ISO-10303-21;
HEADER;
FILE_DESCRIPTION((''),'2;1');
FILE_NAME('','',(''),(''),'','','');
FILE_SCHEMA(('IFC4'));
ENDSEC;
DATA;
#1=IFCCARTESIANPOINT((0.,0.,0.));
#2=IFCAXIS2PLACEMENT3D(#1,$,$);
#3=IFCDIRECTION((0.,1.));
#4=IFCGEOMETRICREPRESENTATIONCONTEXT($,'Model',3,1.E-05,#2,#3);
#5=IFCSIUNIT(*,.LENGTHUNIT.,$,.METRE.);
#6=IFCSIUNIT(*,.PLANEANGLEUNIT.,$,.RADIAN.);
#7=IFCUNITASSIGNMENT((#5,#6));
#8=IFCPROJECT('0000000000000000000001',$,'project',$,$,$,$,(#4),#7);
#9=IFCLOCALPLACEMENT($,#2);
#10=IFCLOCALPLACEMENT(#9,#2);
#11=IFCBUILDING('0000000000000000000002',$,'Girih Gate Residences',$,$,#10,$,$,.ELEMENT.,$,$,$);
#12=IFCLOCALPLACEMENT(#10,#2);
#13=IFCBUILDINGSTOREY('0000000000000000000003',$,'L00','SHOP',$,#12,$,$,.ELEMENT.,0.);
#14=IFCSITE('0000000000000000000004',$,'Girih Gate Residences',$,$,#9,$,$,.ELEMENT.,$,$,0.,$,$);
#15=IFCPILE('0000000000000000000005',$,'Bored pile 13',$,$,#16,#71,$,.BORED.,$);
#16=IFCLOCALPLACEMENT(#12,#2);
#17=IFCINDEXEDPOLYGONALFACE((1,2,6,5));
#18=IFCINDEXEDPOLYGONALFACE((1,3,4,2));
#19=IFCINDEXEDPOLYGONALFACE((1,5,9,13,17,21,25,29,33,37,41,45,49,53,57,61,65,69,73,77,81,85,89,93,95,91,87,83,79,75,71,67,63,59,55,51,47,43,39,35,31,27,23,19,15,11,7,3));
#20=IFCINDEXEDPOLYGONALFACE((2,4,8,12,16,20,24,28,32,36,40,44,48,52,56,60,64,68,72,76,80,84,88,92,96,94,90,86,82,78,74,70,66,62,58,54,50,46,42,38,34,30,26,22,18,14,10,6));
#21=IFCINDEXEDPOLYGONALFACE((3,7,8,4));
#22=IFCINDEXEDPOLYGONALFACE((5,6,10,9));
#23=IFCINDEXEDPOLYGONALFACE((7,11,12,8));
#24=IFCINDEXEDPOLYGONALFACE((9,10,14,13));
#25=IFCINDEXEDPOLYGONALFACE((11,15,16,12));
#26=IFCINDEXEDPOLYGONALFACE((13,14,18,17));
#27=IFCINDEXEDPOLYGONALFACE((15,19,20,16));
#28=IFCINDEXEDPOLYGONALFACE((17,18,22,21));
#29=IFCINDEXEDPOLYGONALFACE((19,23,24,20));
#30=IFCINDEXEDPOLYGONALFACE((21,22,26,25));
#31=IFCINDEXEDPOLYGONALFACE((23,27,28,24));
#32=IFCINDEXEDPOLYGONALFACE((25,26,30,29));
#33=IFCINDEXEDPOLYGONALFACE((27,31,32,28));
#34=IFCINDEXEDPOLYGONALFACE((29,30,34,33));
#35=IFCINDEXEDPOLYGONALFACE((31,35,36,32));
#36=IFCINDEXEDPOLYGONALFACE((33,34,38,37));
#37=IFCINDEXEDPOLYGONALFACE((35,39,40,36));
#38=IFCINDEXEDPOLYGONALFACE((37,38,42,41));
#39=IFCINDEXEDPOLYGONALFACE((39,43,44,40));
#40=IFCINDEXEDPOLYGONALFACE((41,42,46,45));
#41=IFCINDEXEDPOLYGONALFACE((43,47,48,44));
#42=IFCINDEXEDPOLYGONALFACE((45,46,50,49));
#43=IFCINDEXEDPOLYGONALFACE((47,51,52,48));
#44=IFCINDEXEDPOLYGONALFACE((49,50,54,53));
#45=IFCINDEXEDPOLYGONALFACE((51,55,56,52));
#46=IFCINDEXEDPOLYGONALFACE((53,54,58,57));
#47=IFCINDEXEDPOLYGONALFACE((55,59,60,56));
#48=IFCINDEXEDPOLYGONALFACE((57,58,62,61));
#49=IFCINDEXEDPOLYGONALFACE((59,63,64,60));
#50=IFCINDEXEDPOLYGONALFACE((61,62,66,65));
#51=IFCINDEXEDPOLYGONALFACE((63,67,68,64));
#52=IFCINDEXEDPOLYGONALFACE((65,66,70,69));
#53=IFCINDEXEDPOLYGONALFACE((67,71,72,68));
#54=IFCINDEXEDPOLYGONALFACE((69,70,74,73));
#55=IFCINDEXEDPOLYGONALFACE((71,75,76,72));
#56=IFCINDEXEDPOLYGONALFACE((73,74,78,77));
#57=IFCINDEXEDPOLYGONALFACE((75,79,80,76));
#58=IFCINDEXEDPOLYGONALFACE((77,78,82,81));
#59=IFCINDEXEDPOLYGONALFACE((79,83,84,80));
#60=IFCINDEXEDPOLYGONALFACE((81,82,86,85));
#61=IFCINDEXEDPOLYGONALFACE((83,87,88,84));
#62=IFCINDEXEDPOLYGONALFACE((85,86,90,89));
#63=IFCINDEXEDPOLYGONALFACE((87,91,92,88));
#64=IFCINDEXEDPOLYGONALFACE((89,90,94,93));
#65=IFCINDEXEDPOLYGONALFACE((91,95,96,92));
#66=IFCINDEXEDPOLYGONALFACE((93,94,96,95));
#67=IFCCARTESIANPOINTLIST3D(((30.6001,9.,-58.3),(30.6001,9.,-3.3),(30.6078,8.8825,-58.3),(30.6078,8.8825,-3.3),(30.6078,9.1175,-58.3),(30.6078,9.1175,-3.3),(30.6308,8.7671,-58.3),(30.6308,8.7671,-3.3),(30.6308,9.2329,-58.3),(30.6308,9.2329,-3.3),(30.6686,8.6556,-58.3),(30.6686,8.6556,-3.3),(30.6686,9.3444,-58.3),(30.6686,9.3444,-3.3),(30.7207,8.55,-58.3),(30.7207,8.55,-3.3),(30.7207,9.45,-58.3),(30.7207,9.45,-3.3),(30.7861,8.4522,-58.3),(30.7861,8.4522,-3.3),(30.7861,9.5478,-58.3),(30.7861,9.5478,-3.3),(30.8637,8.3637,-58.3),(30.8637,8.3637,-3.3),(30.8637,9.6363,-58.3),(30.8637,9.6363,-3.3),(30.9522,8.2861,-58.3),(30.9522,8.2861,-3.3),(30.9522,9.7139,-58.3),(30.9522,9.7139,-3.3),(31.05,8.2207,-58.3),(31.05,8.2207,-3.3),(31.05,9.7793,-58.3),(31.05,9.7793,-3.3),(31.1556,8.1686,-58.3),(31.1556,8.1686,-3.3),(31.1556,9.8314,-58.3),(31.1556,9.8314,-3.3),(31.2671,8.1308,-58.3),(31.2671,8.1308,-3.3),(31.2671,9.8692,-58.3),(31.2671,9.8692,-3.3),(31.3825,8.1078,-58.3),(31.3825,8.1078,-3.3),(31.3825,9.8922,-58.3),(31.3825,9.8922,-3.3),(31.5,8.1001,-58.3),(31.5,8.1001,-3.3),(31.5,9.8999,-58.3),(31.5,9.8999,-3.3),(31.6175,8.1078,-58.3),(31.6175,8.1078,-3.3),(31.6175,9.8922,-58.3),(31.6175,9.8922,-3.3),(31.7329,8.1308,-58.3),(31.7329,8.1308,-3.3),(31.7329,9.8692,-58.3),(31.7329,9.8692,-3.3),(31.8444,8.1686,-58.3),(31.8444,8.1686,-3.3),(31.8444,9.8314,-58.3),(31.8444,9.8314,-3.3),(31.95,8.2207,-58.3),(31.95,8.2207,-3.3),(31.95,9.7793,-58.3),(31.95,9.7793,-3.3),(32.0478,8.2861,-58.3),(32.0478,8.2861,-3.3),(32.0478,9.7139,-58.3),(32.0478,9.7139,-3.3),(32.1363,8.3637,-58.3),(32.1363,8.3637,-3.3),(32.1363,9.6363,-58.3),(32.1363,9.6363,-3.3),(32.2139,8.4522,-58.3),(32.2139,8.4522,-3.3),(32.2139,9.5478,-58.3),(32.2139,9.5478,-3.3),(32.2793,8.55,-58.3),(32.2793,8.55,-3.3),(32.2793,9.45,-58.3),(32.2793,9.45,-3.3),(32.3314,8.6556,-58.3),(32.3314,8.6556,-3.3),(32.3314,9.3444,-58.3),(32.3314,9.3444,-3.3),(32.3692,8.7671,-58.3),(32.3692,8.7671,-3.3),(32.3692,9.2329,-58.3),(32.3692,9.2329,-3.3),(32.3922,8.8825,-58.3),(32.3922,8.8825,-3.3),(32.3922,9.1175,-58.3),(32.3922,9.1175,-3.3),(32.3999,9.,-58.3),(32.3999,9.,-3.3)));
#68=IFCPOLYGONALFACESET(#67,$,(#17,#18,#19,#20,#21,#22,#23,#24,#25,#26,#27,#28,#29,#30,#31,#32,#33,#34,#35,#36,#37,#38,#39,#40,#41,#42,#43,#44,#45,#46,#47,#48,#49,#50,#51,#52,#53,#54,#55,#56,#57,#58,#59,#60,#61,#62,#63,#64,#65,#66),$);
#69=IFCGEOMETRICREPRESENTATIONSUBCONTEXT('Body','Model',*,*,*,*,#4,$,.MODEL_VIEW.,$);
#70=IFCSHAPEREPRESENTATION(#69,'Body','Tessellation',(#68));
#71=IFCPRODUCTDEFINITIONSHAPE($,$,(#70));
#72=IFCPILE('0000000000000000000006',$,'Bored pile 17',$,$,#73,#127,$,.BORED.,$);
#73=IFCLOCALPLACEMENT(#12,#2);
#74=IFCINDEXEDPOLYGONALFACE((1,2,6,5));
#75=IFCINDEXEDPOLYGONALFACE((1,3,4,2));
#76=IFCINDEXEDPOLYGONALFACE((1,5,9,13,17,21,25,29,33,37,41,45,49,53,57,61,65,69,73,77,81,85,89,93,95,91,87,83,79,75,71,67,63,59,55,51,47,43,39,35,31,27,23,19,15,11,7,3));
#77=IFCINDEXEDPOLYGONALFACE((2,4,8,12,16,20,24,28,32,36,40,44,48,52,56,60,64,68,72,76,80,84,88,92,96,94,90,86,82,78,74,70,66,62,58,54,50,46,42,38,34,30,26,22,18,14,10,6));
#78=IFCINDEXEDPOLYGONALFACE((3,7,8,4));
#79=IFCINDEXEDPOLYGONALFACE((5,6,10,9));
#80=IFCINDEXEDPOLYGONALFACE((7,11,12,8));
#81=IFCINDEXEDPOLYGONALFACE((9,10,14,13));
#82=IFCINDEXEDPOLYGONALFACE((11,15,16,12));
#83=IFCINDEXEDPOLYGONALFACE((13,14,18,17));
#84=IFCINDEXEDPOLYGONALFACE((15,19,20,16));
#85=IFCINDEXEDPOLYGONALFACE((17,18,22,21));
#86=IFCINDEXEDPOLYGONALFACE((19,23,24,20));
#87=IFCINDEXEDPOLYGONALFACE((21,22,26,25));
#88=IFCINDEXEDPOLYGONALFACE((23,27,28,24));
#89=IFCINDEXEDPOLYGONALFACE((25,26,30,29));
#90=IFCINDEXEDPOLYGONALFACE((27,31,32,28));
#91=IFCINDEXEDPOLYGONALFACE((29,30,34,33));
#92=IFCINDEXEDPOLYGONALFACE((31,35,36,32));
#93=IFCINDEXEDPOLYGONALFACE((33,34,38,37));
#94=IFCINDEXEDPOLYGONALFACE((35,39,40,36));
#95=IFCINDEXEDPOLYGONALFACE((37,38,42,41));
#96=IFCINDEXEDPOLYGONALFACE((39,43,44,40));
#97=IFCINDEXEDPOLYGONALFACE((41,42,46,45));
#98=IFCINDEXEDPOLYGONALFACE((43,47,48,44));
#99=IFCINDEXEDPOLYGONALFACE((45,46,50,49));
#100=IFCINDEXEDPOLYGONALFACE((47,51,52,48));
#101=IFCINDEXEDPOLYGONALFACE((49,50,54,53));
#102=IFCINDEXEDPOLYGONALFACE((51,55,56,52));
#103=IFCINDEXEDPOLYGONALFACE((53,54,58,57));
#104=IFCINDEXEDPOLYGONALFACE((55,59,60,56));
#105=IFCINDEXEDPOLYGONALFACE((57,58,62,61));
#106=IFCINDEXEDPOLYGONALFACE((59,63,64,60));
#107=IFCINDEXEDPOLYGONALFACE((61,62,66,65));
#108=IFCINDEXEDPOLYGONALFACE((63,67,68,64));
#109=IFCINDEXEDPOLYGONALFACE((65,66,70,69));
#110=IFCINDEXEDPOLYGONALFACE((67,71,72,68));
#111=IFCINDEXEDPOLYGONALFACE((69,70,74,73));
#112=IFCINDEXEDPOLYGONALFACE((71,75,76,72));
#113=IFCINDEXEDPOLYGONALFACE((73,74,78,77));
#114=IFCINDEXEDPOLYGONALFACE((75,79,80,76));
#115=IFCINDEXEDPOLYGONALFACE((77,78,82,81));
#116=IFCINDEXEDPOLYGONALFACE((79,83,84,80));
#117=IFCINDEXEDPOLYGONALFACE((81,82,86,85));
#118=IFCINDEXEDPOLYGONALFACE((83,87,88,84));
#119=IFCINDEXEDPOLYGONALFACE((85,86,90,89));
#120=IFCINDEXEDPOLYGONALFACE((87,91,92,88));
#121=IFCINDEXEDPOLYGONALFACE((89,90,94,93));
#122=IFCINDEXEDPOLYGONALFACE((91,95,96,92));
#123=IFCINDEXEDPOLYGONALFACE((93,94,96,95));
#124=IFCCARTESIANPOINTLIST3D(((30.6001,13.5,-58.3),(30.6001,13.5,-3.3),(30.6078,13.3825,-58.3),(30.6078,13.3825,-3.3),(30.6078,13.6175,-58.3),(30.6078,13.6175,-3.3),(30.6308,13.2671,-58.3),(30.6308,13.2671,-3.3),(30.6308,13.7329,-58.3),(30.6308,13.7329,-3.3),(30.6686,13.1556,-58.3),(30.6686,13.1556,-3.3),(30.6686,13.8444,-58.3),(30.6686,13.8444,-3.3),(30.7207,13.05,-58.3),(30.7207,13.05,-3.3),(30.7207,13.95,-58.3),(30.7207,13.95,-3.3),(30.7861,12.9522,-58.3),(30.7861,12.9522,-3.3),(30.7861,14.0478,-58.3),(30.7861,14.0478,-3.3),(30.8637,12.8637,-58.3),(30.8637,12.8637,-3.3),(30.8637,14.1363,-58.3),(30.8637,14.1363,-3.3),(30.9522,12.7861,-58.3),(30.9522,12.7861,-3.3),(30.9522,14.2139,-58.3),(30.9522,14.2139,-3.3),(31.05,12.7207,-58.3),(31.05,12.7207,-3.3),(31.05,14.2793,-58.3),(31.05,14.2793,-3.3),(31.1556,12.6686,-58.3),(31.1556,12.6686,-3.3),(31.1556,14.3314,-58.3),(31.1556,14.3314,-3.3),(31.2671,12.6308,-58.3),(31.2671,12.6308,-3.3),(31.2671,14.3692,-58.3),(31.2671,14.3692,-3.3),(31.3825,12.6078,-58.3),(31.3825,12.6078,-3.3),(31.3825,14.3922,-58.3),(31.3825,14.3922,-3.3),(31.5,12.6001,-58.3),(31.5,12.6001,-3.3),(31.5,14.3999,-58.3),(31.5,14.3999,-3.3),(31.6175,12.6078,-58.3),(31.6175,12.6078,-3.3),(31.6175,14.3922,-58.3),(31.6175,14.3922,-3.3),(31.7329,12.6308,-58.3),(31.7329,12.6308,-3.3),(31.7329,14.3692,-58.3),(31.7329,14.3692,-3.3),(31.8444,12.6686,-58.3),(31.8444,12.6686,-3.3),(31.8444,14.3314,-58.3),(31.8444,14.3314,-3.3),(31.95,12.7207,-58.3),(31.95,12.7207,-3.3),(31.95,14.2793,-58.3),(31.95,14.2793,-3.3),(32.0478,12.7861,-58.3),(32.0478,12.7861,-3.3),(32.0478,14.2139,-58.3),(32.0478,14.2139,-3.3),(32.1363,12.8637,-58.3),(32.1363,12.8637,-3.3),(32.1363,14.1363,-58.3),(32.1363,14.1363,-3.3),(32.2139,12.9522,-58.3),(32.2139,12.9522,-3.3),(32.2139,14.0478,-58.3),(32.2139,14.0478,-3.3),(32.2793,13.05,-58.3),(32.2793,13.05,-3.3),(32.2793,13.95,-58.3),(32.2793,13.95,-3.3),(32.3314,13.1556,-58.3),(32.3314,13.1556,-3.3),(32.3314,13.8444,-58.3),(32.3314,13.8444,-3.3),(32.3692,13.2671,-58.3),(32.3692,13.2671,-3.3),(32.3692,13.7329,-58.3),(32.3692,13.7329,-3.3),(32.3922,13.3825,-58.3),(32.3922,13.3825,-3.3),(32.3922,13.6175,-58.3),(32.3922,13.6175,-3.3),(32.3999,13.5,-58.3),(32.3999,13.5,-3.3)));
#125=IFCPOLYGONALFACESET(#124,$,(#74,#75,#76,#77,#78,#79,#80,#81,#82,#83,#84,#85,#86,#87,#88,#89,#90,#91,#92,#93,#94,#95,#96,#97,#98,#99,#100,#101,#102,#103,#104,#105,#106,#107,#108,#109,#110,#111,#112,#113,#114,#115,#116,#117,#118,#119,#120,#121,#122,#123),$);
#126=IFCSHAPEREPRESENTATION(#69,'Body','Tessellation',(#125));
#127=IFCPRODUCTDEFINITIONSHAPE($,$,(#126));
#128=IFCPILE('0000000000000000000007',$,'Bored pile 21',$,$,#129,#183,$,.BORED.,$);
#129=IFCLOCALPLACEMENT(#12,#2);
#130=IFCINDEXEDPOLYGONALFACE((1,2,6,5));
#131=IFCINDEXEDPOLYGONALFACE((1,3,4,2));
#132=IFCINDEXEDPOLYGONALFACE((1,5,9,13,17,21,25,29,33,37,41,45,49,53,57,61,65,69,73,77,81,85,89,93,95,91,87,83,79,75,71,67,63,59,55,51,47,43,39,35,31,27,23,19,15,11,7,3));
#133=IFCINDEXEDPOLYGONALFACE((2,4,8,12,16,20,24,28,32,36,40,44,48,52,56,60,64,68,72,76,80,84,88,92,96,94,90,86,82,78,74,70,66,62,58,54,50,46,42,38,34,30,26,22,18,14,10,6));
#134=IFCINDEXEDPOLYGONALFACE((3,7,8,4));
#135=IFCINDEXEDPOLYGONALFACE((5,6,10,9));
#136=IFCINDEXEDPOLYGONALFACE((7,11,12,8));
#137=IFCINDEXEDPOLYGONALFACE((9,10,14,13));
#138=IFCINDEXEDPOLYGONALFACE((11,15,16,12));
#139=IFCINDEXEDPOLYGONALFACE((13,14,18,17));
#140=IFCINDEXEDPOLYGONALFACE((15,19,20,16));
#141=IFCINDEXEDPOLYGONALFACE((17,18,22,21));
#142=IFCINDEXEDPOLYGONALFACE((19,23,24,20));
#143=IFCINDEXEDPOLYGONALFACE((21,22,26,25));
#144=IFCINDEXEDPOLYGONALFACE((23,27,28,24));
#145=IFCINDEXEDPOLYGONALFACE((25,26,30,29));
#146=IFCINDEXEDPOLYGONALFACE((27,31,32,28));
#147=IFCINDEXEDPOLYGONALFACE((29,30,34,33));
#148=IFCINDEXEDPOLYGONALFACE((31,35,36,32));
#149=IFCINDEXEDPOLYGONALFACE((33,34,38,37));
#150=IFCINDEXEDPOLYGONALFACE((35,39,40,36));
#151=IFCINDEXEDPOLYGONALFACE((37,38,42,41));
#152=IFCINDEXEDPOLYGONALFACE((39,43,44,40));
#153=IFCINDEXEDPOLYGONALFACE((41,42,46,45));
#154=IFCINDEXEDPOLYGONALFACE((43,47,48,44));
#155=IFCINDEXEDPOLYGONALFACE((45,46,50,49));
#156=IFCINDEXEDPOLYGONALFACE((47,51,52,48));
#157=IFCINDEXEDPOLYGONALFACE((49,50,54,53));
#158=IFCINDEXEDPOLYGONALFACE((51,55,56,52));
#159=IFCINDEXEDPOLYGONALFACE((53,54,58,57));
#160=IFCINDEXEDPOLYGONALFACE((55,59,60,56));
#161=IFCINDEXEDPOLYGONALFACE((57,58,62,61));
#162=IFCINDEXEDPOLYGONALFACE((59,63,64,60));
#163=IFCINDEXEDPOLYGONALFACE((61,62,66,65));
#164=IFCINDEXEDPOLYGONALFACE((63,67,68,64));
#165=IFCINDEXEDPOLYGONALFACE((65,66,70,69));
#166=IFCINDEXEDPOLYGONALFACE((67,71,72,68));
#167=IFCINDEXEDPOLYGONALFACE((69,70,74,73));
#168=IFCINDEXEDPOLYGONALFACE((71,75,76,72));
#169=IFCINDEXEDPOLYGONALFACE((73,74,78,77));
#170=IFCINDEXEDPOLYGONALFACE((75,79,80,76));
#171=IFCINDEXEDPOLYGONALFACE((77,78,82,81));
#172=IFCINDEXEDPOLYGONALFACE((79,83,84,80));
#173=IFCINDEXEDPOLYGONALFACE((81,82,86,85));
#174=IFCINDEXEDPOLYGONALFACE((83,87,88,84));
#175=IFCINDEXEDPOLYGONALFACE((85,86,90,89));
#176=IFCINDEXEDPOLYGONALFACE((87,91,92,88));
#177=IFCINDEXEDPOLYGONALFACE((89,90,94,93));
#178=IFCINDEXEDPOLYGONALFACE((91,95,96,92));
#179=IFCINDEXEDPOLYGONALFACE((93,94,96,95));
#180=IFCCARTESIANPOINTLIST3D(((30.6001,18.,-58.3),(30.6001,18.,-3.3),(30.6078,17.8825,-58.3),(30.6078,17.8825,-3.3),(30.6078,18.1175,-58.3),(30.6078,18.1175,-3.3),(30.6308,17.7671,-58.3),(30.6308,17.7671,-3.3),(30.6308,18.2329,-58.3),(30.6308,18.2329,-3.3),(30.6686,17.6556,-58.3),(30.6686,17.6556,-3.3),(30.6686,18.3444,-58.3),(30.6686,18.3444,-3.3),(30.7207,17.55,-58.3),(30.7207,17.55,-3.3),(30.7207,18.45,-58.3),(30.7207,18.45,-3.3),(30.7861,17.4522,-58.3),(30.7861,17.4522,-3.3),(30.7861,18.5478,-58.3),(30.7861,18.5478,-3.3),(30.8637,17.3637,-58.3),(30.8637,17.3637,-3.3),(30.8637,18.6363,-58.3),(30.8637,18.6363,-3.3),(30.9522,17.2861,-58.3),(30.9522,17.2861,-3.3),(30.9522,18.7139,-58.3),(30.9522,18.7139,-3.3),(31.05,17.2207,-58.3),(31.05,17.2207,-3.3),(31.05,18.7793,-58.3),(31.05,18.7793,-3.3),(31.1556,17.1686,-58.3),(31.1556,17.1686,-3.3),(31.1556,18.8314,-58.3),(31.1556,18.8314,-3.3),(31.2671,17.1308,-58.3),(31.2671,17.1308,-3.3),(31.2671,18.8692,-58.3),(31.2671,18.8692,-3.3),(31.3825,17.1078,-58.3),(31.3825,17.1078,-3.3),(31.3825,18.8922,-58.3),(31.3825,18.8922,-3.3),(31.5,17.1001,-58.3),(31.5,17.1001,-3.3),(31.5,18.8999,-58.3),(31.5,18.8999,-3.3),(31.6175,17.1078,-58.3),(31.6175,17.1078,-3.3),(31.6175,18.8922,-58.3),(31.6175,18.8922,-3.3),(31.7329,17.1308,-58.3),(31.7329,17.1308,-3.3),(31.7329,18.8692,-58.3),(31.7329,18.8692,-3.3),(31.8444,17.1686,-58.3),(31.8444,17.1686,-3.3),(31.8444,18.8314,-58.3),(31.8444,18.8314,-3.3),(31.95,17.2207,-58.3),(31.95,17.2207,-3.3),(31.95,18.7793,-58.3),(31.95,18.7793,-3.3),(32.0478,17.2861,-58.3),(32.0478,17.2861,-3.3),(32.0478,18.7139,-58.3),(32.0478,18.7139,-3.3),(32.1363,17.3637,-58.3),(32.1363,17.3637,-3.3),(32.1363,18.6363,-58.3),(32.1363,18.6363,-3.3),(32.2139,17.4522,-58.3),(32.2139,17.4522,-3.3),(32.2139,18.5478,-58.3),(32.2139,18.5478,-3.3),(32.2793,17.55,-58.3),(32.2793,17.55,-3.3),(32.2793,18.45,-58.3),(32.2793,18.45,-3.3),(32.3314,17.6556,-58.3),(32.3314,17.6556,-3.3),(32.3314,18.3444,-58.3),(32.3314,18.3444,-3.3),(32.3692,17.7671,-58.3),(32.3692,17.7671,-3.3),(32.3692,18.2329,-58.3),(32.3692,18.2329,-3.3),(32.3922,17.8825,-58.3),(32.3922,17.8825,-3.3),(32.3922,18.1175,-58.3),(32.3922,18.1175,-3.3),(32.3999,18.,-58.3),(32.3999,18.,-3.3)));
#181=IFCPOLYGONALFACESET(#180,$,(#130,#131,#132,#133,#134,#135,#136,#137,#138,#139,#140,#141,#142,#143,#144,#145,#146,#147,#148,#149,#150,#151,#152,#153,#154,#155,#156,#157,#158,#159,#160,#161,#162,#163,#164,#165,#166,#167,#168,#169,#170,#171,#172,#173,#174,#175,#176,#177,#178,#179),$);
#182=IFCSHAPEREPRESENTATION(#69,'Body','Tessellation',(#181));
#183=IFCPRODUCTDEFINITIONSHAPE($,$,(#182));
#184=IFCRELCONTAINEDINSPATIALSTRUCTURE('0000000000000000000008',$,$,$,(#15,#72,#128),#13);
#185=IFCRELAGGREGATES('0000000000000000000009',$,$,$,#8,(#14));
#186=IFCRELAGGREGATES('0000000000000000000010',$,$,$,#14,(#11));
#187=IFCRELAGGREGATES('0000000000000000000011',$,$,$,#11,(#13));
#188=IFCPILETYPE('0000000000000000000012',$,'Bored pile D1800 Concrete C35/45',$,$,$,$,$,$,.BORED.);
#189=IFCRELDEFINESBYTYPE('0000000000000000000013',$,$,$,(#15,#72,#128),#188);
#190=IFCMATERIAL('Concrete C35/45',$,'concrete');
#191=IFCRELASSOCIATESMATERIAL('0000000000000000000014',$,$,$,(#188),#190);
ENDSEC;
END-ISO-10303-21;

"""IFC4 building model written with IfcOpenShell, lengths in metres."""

from ifc_helpers import new_model, si_unit, direction, frame, origin, origin_2d, place, context, subcontext, project, spatial, circle, extrude, material, material_profile, profile_set, type_object, element, save


model = new_model("IFC4")

# Units and contexts
model_context = context("Model", 3, precision=1e-05, world=origin(), true_north=direction((0.0, 1.0)))
body_context = subcontext(model_context, "Body", "Model", "MODEL_VIEW")
ifc_project = project(units=[si_unit("LENGTHUNIT", "METRE"), si_unit("PLANEANGLEUNIT", "RADIAN")], contexts=[model_context])

# Site, building, storey
site_placement = place(None, origin())
site = spatial("IfcSite", under=ifc_project, at=site_placement, Name="Girih Gate Residences", CompositionType="ELEMENT", RefElevation=0.0)
building_placement = place(site_placement, origin())
building = spatial("IfcBuilding", under=site, at=building_placement, Name="Girih Gate Residences", CompositionType="ELEMENT")
storey_placement = place(building_placement, origin())
storey = spatial("IfcBuildingStorey", under=building, at=storey_placement, Name="L00", Description="SHOP", CompositionType="ELEMENT", Elevation=0.0)

# Piles
ifc_material_1 = material(Name="Concrete C35/45", Category="concrete")
ifc_material_profile_1 = material_profile(ifc_material_1, circle(Radius=0.8999, at=origin_2d()))
ifc_profile_set_1 = profile_set([ifc_material_profile_1], Name="Concrete C35/45")
pile_type = type_object("IfcPileType", Name="Bored pile D1800 Concrete C35/45", PredefinedType="BORED", material=ifc_profile_set_1)
for number, where, z_axis, x_axis, name in (
    (1, (31.5, 9.0, -3.3), (0.0, 0.0, -1.0), (1.0, 0.0, 0.0), "Bored pile 13"),
    (2, (31.5, 13.5, -3.3), (0.0, 0.0, -1.0), (1.0, 0.0, 0.0), "Bored pile 17"),
    (3, (31.5, 18.0, -3.3), (0.0, 0.0, -1.0), (1.0, 0.0, 0.0), "Bored pile 21"),
):
    element("IfcPile", number, at=place(storey_placement, frame(where, z_axis=z_axis, x_axis=x_axis)), inside=storey, type_object=pile_type, Name=name, PredefinedType="BORED", context=body_context, shape_type="SweptSolid", body=[
        extrude(circle(Radius=0.8999, at=origin_2d()), origin(), (0.0, 0.0, 1.0), 55.0),
    ])

save(model, "model.ifc")
